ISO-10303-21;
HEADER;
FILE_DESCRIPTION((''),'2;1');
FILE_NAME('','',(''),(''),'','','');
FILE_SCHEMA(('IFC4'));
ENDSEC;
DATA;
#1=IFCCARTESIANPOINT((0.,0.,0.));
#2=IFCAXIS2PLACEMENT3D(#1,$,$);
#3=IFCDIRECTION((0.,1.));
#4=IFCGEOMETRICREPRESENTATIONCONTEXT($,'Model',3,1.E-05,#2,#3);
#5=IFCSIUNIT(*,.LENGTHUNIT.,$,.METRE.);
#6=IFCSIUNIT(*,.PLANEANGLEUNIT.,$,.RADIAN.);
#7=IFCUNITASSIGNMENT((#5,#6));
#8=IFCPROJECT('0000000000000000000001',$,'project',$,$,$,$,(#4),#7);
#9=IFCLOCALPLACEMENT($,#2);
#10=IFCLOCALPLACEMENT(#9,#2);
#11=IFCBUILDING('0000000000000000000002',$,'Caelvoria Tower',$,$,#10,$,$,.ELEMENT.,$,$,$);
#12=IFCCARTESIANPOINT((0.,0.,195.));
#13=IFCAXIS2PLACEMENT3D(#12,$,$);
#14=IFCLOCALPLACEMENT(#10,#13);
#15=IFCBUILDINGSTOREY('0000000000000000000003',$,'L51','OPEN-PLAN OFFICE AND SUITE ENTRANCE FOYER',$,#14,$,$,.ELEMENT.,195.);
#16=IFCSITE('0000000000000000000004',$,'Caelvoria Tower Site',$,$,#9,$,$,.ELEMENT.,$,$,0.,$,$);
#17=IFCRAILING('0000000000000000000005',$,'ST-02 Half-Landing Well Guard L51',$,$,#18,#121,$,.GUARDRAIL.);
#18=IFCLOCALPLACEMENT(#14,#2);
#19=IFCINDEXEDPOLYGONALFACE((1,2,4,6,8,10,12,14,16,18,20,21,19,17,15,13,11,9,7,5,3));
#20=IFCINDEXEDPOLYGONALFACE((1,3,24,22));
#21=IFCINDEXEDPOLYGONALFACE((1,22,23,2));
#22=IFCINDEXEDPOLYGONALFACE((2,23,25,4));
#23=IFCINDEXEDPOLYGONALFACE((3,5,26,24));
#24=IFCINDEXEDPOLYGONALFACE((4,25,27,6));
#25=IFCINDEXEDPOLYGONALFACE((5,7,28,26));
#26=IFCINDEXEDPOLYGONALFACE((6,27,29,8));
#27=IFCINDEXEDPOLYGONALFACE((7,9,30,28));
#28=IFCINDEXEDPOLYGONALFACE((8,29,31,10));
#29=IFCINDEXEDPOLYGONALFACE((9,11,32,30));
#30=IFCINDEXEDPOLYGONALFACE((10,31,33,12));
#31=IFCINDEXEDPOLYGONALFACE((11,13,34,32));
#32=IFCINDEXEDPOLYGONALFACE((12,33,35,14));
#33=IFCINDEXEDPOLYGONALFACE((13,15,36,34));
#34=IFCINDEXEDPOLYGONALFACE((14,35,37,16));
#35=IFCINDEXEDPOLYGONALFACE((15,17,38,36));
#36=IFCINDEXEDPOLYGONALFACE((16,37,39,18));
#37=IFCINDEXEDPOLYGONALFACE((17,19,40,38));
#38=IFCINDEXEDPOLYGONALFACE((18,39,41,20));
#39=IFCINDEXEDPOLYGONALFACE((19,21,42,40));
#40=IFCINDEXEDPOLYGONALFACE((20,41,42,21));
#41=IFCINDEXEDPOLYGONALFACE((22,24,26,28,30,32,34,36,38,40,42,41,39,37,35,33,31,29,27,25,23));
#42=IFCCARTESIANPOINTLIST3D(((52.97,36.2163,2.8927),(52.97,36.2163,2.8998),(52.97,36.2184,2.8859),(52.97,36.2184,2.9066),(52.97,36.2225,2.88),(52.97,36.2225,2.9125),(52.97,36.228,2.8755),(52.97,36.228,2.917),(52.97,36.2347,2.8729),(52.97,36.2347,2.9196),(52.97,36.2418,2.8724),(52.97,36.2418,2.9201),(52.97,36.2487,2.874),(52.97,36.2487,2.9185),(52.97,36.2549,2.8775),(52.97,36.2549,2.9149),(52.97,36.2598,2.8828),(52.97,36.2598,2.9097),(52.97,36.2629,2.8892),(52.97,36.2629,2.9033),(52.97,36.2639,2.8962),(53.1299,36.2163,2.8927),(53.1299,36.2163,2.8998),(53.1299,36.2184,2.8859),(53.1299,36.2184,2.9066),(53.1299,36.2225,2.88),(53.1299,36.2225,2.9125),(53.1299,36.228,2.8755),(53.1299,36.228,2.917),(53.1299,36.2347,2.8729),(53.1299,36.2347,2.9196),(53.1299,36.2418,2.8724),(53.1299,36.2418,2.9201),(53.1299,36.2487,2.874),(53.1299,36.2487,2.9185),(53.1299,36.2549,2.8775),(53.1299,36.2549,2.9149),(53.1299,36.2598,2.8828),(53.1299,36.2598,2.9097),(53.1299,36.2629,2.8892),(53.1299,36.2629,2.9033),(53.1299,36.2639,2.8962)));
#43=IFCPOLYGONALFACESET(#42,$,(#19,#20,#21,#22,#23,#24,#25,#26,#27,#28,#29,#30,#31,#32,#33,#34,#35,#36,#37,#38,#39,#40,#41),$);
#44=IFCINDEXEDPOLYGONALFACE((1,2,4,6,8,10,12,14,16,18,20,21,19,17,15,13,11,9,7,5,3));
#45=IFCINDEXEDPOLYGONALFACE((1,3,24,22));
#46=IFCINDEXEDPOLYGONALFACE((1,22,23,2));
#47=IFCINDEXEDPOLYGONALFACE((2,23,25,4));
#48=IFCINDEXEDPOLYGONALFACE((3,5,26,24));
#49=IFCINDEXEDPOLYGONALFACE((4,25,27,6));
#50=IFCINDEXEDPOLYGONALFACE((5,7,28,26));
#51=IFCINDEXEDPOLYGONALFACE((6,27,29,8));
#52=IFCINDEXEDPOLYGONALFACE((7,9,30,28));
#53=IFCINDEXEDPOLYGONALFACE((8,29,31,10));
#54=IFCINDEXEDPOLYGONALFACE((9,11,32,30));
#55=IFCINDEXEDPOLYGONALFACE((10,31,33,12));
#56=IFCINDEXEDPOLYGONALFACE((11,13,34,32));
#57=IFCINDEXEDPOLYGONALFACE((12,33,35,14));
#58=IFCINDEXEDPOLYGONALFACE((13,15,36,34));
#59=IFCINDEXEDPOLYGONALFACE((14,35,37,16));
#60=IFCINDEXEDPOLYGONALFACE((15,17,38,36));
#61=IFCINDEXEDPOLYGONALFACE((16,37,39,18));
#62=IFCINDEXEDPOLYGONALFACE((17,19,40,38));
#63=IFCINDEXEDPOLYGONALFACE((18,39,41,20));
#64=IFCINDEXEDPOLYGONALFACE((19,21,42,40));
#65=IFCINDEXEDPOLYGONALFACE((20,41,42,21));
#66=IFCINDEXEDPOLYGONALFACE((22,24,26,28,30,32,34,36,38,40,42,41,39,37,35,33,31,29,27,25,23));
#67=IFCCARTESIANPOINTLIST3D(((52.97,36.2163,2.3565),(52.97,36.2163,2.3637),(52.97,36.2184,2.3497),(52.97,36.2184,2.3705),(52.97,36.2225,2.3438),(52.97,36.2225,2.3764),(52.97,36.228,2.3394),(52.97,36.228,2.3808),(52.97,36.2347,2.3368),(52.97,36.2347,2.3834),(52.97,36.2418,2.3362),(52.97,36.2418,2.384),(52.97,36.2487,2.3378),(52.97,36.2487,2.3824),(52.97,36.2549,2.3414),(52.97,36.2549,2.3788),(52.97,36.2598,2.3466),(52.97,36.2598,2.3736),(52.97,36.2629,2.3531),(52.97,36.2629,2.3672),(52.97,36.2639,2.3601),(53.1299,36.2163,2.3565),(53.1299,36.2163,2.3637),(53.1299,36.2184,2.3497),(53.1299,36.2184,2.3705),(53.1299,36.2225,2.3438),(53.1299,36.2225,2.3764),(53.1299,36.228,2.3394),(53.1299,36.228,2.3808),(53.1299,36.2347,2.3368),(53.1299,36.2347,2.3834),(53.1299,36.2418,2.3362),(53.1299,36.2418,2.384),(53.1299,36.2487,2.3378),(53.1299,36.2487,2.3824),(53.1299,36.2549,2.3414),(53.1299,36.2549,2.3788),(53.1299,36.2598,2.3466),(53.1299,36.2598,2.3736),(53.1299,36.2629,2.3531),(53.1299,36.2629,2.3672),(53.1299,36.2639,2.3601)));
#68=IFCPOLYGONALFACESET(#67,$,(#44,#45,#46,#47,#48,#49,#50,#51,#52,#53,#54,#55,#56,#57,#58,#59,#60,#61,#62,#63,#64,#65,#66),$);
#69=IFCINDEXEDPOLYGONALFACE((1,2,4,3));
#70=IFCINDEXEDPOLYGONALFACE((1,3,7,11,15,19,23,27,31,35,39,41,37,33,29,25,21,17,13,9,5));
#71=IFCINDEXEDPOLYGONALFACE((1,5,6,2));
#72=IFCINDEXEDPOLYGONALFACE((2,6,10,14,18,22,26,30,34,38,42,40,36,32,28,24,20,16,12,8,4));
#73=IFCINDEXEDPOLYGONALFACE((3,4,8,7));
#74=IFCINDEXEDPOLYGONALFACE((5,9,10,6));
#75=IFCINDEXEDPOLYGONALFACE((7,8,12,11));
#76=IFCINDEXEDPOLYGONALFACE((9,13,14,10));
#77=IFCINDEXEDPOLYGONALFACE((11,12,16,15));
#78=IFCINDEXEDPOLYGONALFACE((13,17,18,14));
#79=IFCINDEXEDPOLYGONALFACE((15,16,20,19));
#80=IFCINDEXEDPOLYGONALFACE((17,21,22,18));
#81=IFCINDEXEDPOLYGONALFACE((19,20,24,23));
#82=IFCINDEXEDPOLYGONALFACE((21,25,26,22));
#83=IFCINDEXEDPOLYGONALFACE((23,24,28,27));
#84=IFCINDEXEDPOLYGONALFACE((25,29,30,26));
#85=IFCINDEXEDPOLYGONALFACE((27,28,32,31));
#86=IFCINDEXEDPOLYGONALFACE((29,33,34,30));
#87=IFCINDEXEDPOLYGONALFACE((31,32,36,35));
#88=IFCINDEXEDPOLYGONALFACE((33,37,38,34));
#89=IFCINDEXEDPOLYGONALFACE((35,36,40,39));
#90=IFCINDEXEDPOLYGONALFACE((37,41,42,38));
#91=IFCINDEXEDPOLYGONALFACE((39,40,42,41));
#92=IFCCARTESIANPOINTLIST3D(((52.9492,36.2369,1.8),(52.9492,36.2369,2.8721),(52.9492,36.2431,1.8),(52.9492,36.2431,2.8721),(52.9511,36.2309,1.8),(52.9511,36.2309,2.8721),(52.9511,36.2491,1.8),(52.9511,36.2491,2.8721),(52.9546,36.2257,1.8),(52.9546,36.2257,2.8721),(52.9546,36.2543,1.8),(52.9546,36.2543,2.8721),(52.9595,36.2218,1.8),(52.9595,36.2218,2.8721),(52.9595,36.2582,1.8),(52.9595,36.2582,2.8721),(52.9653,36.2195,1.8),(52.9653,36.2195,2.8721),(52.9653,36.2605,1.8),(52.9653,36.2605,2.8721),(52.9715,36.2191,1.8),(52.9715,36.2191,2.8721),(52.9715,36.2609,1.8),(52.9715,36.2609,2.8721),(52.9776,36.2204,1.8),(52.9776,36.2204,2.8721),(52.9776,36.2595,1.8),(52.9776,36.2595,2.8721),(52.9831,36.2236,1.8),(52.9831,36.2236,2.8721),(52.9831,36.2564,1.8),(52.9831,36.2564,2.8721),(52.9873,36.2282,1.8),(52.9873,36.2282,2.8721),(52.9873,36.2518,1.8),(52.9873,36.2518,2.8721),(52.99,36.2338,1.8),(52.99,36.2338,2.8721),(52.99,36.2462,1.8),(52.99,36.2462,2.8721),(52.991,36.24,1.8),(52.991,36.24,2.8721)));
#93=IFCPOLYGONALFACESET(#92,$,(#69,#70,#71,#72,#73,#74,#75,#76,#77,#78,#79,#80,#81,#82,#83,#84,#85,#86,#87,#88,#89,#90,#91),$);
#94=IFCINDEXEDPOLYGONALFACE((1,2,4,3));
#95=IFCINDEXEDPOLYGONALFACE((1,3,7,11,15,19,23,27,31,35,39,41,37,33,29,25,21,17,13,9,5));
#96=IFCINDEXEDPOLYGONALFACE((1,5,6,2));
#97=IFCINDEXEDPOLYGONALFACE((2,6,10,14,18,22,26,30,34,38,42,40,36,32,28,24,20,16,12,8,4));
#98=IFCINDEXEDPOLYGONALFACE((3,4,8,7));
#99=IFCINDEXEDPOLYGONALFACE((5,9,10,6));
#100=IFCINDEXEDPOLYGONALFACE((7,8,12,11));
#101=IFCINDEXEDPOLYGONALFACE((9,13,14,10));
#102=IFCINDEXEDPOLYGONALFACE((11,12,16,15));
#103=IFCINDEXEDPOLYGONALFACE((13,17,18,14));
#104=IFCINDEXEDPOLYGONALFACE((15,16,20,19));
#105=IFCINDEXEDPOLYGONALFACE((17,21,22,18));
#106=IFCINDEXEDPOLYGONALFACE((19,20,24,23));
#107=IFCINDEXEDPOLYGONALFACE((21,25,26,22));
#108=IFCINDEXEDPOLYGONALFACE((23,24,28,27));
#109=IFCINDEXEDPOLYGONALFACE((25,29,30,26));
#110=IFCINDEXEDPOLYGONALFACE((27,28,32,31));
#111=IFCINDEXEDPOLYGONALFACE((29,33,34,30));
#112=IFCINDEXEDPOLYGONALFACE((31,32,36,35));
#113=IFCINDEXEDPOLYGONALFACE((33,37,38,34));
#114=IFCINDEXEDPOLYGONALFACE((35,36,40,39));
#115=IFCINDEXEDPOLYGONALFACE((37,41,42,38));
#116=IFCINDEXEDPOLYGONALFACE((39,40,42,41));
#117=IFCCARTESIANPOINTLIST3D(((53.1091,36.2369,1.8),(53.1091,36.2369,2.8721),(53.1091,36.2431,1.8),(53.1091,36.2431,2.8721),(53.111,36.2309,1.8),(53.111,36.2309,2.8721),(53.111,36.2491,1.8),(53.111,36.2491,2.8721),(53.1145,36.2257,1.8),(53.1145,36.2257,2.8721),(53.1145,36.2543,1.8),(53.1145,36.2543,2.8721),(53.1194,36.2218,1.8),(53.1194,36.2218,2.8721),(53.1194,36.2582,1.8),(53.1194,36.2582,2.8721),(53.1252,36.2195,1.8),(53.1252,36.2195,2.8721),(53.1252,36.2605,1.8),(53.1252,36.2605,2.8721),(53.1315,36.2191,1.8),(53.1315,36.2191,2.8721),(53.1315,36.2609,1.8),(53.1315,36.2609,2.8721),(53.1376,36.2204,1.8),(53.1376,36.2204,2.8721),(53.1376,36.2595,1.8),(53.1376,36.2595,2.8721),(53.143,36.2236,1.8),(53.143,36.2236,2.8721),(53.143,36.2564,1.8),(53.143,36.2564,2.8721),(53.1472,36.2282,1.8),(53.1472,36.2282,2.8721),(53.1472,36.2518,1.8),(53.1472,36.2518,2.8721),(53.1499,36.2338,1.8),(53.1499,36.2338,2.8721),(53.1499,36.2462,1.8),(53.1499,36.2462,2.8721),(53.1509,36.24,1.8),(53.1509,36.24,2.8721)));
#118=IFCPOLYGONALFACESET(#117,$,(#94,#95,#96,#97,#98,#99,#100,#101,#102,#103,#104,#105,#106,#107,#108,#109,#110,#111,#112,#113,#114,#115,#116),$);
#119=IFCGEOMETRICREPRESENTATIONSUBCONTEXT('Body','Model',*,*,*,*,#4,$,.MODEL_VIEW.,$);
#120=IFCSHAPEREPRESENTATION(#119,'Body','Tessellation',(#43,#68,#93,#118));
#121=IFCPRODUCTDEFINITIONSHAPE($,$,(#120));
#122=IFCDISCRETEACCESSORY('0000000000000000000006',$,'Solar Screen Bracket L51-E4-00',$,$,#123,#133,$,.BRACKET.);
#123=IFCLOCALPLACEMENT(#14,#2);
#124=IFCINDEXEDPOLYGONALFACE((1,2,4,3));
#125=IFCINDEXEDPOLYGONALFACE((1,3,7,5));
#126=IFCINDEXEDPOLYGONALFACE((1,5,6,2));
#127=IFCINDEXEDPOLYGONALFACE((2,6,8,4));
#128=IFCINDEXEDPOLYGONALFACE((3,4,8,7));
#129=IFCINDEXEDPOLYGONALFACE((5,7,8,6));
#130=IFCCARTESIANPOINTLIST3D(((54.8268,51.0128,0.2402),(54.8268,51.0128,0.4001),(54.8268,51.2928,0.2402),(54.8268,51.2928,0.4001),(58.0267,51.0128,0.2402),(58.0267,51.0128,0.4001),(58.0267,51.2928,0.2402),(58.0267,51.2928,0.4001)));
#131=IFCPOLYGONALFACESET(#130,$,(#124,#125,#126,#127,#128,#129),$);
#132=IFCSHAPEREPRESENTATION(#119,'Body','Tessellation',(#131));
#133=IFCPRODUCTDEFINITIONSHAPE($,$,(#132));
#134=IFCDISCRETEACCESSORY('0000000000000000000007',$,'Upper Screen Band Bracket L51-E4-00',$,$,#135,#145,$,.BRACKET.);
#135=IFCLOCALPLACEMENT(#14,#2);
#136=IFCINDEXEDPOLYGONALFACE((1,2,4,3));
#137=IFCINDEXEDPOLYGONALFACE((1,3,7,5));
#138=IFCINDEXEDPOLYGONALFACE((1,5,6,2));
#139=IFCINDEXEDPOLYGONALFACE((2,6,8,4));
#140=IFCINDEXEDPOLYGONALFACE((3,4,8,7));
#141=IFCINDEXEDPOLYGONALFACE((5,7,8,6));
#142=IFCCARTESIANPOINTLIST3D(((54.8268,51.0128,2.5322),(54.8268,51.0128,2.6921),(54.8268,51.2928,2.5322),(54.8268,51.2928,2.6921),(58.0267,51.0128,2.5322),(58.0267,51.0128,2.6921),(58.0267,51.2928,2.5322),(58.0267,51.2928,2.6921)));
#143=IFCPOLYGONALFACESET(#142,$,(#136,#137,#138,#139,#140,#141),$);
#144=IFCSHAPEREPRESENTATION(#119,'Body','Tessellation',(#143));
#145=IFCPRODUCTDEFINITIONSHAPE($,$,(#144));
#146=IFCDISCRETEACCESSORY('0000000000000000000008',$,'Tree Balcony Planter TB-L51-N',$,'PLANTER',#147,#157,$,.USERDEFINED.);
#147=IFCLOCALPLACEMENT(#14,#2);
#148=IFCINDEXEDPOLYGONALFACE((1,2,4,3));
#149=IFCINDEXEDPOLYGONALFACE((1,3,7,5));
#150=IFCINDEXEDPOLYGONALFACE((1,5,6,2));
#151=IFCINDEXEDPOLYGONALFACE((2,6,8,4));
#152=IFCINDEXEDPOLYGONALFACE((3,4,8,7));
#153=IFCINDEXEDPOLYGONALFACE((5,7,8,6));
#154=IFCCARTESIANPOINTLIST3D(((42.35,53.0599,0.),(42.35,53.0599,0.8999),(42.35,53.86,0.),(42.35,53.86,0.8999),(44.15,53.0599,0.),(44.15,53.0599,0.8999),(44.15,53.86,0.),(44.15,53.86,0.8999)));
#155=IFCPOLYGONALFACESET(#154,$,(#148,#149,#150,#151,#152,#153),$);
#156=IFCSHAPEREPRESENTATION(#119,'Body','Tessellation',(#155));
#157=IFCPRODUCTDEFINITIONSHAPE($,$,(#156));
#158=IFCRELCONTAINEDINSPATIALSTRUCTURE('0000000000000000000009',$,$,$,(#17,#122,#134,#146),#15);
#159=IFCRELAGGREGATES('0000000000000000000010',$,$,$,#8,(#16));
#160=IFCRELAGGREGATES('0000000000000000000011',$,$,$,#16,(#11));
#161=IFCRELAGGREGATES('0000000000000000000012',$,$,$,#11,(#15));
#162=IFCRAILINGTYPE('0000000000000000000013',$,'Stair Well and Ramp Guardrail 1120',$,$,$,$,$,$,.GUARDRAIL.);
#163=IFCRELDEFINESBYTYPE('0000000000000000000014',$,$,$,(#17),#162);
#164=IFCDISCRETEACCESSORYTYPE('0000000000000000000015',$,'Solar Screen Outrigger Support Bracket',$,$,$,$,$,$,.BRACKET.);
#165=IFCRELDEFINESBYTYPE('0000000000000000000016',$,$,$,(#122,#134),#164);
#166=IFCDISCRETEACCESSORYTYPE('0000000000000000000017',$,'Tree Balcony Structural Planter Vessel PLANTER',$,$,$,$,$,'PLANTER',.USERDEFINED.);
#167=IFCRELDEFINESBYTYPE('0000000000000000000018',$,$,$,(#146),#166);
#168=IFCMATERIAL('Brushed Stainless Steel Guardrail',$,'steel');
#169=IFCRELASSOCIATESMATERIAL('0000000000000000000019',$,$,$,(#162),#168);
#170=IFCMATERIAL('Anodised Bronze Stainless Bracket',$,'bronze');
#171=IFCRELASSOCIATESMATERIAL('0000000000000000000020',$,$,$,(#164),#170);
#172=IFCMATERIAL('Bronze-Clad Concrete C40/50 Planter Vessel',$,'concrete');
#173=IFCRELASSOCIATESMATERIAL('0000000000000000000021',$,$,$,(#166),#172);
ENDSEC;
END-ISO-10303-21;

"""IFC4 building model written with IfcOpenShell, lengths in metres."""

from ifc_helpers import new_model, si_unit, direction, frame, origin, origin_2d, place, context, subcontext, project, spatial, rectangle, circle, extrude, material, type_object, element, save


model = new_model("IFC4")

# Units and contexts
model_context = context("Model", 3, precision=1e-05, world=origin(), true_north=direction((0.0, 1.0)))
body_context = subcontext(model_context, "Body", "Model", "MODEL_VIEW")
ifc_project = project(units=[si_unit("LENGTHUNIT", "METRE"), si_unit("PLANEANGLEUNIT", "RADIAN")], contexts=[model_context])

# Site, building, storey
site_placement = place(None, origin())
site = spatial("IfcSite", under=ifc_project, at=site_placement, Name="Caelvoria Tower Site", CompositionType="ELEMENT", RefElevation=0.0)
building_placement = place(site_placement, origin())
building = spatial("IfcBuilding", under=site, at=building_placement, Name="Caelvoria Tower", CompositionType="ELEMENT")
storey_placement = place(building_placement, frame((0.0, 0.0, 195.0)))
storey = spatial("IfcBuildingStorey", under=building, at=storey_placement, Name="L51", Description="OPEN-PLAN OFFICE AND SUITE ENTRANCE FOYER", CompositionType="ELEMENT", Elevation=195.0)

# Railing
ifc_material_1 = material(Name="Brushed Stainless Steel Guardrail", Category="steel")
railing_type_1 = type_object("IfcRailingType", Name="Stair Well and Ramp Guardrail 1120", PredefinedType="GUARDRAIL", material=ifc_material_1)
railing_1_placement = place(storey_placement, frame((52.97, 36.24, 1.8)))
element("IfcRailing", 1, at=railing_1_placement, inside=storey, type_object=railing_type_1, Name="ST-02 Half-Landing Well Guard L51", PredefinedType="GUARDRAIL", context=body_context, shape_type="SweptSolid", body=[
    extrude(circle(Radius=0.0239, at=origin_2d()), frame((0.0, 0.0, 1.0962), z_axis=(1.0, 0.0, 0.0), x_axis=(0.0, 1.0, 0.0)), (0.0, 0.0, 1.0), 0.1599),
    extrude(circle(Radius=0.0239, at=origin_2d()), frame((0.0, 0.0, 0.5601), z_axis=(1.0, 0.0, 0.0), x_axis=(0.0, 1.0, 0.0)), (0.0, 0.0, 1.0), 0.1599),
    extrude(circle(Radius=0.021, at=origin_2d()), origin(), (0.0, 0.0, 1.0), 1.072),
    extrude(circle(Radius=0.021, at=origin_2d()), frame((0.1599, 0.0, 0.0)), (0.0, 0.0, 1.0), 1.072),
])

# Discrete accessories
ifc_material_2 = material(Name="Anodised Bronze Stainless Bracket", Category="bronze")
discrete_accessory_type_1 = type_object("IfcDiscreteAccessoryType", Name="Solar Screen Outrigger Support Bracket", PredefinedType="BRACKET", material=ifc_material_2)
for number, where, z_axis, x_axis, name in (
    (2, (56.4268, 51.1528, 0.2402), (0.0, 0.0, 1.0), (-1.0, 0.0, 0.0), "Solar Screen Bracket L51-E4-00"),
    (3, (56.4268, 51.1528, 2.5322), (0.0, 0.0, 1.0), (-1.0, 0.0, 0.0), "Upper Screen Band Bracket L51-E4-00"),
):
    element("IfcDiscreteAccessory", number, at=place(storey_placement, frame(where, z_axis=z_axis, x_axis=x_axis)), inside=storey, type_object=discrete_accessory_type_1, Name=name, PredefinedType="BRACKET", context=body_context, shape_type="SweptSolid", body=[
        extrude(rectangle(XDim=3.2, YDim=0.28, at=origin_2d()), origin(), (0.0, 0.0, 1.0), 0.1599),
    ])
ifc_material_3 = material(Name="Bronze-Clad Concrete C40/50 Planter Vessel", Category="concrete")
discrete_accessory_type_2 = type_object("IfcDiscreteAccessoryType", Name="Tree Balcony Structural Planter Vessel PLANTER", ElementType="PLANTER", PredefinedType="USERDEFINED", material=ifc_material_3)
discrete_accessory_placement = place(storey_placement, frame((43.25, 53.46, 0.0), z_axis=(0.0, 0.0, 1.0), x_axis=(1.0, 0.0, 0.0)))
element("IfcDiscreteAccessory", 4, at=discrete_accessory_placement, inside=storey, type_object=discrete_accessory_type_2, Name="Tree Balcony Planter TB-L51-N", ObjectType="PLANTER", PredefinedType="USERDEFINED", context=body_context, shape_type="SweptSolid", body=[
    extrude(rectangle(XDim=1.8, YDim=0.8, at=origin_2d()), origin(), (0.0, 0.0, 1.0), 0.8999),
])

save(model, "model.ifc")
